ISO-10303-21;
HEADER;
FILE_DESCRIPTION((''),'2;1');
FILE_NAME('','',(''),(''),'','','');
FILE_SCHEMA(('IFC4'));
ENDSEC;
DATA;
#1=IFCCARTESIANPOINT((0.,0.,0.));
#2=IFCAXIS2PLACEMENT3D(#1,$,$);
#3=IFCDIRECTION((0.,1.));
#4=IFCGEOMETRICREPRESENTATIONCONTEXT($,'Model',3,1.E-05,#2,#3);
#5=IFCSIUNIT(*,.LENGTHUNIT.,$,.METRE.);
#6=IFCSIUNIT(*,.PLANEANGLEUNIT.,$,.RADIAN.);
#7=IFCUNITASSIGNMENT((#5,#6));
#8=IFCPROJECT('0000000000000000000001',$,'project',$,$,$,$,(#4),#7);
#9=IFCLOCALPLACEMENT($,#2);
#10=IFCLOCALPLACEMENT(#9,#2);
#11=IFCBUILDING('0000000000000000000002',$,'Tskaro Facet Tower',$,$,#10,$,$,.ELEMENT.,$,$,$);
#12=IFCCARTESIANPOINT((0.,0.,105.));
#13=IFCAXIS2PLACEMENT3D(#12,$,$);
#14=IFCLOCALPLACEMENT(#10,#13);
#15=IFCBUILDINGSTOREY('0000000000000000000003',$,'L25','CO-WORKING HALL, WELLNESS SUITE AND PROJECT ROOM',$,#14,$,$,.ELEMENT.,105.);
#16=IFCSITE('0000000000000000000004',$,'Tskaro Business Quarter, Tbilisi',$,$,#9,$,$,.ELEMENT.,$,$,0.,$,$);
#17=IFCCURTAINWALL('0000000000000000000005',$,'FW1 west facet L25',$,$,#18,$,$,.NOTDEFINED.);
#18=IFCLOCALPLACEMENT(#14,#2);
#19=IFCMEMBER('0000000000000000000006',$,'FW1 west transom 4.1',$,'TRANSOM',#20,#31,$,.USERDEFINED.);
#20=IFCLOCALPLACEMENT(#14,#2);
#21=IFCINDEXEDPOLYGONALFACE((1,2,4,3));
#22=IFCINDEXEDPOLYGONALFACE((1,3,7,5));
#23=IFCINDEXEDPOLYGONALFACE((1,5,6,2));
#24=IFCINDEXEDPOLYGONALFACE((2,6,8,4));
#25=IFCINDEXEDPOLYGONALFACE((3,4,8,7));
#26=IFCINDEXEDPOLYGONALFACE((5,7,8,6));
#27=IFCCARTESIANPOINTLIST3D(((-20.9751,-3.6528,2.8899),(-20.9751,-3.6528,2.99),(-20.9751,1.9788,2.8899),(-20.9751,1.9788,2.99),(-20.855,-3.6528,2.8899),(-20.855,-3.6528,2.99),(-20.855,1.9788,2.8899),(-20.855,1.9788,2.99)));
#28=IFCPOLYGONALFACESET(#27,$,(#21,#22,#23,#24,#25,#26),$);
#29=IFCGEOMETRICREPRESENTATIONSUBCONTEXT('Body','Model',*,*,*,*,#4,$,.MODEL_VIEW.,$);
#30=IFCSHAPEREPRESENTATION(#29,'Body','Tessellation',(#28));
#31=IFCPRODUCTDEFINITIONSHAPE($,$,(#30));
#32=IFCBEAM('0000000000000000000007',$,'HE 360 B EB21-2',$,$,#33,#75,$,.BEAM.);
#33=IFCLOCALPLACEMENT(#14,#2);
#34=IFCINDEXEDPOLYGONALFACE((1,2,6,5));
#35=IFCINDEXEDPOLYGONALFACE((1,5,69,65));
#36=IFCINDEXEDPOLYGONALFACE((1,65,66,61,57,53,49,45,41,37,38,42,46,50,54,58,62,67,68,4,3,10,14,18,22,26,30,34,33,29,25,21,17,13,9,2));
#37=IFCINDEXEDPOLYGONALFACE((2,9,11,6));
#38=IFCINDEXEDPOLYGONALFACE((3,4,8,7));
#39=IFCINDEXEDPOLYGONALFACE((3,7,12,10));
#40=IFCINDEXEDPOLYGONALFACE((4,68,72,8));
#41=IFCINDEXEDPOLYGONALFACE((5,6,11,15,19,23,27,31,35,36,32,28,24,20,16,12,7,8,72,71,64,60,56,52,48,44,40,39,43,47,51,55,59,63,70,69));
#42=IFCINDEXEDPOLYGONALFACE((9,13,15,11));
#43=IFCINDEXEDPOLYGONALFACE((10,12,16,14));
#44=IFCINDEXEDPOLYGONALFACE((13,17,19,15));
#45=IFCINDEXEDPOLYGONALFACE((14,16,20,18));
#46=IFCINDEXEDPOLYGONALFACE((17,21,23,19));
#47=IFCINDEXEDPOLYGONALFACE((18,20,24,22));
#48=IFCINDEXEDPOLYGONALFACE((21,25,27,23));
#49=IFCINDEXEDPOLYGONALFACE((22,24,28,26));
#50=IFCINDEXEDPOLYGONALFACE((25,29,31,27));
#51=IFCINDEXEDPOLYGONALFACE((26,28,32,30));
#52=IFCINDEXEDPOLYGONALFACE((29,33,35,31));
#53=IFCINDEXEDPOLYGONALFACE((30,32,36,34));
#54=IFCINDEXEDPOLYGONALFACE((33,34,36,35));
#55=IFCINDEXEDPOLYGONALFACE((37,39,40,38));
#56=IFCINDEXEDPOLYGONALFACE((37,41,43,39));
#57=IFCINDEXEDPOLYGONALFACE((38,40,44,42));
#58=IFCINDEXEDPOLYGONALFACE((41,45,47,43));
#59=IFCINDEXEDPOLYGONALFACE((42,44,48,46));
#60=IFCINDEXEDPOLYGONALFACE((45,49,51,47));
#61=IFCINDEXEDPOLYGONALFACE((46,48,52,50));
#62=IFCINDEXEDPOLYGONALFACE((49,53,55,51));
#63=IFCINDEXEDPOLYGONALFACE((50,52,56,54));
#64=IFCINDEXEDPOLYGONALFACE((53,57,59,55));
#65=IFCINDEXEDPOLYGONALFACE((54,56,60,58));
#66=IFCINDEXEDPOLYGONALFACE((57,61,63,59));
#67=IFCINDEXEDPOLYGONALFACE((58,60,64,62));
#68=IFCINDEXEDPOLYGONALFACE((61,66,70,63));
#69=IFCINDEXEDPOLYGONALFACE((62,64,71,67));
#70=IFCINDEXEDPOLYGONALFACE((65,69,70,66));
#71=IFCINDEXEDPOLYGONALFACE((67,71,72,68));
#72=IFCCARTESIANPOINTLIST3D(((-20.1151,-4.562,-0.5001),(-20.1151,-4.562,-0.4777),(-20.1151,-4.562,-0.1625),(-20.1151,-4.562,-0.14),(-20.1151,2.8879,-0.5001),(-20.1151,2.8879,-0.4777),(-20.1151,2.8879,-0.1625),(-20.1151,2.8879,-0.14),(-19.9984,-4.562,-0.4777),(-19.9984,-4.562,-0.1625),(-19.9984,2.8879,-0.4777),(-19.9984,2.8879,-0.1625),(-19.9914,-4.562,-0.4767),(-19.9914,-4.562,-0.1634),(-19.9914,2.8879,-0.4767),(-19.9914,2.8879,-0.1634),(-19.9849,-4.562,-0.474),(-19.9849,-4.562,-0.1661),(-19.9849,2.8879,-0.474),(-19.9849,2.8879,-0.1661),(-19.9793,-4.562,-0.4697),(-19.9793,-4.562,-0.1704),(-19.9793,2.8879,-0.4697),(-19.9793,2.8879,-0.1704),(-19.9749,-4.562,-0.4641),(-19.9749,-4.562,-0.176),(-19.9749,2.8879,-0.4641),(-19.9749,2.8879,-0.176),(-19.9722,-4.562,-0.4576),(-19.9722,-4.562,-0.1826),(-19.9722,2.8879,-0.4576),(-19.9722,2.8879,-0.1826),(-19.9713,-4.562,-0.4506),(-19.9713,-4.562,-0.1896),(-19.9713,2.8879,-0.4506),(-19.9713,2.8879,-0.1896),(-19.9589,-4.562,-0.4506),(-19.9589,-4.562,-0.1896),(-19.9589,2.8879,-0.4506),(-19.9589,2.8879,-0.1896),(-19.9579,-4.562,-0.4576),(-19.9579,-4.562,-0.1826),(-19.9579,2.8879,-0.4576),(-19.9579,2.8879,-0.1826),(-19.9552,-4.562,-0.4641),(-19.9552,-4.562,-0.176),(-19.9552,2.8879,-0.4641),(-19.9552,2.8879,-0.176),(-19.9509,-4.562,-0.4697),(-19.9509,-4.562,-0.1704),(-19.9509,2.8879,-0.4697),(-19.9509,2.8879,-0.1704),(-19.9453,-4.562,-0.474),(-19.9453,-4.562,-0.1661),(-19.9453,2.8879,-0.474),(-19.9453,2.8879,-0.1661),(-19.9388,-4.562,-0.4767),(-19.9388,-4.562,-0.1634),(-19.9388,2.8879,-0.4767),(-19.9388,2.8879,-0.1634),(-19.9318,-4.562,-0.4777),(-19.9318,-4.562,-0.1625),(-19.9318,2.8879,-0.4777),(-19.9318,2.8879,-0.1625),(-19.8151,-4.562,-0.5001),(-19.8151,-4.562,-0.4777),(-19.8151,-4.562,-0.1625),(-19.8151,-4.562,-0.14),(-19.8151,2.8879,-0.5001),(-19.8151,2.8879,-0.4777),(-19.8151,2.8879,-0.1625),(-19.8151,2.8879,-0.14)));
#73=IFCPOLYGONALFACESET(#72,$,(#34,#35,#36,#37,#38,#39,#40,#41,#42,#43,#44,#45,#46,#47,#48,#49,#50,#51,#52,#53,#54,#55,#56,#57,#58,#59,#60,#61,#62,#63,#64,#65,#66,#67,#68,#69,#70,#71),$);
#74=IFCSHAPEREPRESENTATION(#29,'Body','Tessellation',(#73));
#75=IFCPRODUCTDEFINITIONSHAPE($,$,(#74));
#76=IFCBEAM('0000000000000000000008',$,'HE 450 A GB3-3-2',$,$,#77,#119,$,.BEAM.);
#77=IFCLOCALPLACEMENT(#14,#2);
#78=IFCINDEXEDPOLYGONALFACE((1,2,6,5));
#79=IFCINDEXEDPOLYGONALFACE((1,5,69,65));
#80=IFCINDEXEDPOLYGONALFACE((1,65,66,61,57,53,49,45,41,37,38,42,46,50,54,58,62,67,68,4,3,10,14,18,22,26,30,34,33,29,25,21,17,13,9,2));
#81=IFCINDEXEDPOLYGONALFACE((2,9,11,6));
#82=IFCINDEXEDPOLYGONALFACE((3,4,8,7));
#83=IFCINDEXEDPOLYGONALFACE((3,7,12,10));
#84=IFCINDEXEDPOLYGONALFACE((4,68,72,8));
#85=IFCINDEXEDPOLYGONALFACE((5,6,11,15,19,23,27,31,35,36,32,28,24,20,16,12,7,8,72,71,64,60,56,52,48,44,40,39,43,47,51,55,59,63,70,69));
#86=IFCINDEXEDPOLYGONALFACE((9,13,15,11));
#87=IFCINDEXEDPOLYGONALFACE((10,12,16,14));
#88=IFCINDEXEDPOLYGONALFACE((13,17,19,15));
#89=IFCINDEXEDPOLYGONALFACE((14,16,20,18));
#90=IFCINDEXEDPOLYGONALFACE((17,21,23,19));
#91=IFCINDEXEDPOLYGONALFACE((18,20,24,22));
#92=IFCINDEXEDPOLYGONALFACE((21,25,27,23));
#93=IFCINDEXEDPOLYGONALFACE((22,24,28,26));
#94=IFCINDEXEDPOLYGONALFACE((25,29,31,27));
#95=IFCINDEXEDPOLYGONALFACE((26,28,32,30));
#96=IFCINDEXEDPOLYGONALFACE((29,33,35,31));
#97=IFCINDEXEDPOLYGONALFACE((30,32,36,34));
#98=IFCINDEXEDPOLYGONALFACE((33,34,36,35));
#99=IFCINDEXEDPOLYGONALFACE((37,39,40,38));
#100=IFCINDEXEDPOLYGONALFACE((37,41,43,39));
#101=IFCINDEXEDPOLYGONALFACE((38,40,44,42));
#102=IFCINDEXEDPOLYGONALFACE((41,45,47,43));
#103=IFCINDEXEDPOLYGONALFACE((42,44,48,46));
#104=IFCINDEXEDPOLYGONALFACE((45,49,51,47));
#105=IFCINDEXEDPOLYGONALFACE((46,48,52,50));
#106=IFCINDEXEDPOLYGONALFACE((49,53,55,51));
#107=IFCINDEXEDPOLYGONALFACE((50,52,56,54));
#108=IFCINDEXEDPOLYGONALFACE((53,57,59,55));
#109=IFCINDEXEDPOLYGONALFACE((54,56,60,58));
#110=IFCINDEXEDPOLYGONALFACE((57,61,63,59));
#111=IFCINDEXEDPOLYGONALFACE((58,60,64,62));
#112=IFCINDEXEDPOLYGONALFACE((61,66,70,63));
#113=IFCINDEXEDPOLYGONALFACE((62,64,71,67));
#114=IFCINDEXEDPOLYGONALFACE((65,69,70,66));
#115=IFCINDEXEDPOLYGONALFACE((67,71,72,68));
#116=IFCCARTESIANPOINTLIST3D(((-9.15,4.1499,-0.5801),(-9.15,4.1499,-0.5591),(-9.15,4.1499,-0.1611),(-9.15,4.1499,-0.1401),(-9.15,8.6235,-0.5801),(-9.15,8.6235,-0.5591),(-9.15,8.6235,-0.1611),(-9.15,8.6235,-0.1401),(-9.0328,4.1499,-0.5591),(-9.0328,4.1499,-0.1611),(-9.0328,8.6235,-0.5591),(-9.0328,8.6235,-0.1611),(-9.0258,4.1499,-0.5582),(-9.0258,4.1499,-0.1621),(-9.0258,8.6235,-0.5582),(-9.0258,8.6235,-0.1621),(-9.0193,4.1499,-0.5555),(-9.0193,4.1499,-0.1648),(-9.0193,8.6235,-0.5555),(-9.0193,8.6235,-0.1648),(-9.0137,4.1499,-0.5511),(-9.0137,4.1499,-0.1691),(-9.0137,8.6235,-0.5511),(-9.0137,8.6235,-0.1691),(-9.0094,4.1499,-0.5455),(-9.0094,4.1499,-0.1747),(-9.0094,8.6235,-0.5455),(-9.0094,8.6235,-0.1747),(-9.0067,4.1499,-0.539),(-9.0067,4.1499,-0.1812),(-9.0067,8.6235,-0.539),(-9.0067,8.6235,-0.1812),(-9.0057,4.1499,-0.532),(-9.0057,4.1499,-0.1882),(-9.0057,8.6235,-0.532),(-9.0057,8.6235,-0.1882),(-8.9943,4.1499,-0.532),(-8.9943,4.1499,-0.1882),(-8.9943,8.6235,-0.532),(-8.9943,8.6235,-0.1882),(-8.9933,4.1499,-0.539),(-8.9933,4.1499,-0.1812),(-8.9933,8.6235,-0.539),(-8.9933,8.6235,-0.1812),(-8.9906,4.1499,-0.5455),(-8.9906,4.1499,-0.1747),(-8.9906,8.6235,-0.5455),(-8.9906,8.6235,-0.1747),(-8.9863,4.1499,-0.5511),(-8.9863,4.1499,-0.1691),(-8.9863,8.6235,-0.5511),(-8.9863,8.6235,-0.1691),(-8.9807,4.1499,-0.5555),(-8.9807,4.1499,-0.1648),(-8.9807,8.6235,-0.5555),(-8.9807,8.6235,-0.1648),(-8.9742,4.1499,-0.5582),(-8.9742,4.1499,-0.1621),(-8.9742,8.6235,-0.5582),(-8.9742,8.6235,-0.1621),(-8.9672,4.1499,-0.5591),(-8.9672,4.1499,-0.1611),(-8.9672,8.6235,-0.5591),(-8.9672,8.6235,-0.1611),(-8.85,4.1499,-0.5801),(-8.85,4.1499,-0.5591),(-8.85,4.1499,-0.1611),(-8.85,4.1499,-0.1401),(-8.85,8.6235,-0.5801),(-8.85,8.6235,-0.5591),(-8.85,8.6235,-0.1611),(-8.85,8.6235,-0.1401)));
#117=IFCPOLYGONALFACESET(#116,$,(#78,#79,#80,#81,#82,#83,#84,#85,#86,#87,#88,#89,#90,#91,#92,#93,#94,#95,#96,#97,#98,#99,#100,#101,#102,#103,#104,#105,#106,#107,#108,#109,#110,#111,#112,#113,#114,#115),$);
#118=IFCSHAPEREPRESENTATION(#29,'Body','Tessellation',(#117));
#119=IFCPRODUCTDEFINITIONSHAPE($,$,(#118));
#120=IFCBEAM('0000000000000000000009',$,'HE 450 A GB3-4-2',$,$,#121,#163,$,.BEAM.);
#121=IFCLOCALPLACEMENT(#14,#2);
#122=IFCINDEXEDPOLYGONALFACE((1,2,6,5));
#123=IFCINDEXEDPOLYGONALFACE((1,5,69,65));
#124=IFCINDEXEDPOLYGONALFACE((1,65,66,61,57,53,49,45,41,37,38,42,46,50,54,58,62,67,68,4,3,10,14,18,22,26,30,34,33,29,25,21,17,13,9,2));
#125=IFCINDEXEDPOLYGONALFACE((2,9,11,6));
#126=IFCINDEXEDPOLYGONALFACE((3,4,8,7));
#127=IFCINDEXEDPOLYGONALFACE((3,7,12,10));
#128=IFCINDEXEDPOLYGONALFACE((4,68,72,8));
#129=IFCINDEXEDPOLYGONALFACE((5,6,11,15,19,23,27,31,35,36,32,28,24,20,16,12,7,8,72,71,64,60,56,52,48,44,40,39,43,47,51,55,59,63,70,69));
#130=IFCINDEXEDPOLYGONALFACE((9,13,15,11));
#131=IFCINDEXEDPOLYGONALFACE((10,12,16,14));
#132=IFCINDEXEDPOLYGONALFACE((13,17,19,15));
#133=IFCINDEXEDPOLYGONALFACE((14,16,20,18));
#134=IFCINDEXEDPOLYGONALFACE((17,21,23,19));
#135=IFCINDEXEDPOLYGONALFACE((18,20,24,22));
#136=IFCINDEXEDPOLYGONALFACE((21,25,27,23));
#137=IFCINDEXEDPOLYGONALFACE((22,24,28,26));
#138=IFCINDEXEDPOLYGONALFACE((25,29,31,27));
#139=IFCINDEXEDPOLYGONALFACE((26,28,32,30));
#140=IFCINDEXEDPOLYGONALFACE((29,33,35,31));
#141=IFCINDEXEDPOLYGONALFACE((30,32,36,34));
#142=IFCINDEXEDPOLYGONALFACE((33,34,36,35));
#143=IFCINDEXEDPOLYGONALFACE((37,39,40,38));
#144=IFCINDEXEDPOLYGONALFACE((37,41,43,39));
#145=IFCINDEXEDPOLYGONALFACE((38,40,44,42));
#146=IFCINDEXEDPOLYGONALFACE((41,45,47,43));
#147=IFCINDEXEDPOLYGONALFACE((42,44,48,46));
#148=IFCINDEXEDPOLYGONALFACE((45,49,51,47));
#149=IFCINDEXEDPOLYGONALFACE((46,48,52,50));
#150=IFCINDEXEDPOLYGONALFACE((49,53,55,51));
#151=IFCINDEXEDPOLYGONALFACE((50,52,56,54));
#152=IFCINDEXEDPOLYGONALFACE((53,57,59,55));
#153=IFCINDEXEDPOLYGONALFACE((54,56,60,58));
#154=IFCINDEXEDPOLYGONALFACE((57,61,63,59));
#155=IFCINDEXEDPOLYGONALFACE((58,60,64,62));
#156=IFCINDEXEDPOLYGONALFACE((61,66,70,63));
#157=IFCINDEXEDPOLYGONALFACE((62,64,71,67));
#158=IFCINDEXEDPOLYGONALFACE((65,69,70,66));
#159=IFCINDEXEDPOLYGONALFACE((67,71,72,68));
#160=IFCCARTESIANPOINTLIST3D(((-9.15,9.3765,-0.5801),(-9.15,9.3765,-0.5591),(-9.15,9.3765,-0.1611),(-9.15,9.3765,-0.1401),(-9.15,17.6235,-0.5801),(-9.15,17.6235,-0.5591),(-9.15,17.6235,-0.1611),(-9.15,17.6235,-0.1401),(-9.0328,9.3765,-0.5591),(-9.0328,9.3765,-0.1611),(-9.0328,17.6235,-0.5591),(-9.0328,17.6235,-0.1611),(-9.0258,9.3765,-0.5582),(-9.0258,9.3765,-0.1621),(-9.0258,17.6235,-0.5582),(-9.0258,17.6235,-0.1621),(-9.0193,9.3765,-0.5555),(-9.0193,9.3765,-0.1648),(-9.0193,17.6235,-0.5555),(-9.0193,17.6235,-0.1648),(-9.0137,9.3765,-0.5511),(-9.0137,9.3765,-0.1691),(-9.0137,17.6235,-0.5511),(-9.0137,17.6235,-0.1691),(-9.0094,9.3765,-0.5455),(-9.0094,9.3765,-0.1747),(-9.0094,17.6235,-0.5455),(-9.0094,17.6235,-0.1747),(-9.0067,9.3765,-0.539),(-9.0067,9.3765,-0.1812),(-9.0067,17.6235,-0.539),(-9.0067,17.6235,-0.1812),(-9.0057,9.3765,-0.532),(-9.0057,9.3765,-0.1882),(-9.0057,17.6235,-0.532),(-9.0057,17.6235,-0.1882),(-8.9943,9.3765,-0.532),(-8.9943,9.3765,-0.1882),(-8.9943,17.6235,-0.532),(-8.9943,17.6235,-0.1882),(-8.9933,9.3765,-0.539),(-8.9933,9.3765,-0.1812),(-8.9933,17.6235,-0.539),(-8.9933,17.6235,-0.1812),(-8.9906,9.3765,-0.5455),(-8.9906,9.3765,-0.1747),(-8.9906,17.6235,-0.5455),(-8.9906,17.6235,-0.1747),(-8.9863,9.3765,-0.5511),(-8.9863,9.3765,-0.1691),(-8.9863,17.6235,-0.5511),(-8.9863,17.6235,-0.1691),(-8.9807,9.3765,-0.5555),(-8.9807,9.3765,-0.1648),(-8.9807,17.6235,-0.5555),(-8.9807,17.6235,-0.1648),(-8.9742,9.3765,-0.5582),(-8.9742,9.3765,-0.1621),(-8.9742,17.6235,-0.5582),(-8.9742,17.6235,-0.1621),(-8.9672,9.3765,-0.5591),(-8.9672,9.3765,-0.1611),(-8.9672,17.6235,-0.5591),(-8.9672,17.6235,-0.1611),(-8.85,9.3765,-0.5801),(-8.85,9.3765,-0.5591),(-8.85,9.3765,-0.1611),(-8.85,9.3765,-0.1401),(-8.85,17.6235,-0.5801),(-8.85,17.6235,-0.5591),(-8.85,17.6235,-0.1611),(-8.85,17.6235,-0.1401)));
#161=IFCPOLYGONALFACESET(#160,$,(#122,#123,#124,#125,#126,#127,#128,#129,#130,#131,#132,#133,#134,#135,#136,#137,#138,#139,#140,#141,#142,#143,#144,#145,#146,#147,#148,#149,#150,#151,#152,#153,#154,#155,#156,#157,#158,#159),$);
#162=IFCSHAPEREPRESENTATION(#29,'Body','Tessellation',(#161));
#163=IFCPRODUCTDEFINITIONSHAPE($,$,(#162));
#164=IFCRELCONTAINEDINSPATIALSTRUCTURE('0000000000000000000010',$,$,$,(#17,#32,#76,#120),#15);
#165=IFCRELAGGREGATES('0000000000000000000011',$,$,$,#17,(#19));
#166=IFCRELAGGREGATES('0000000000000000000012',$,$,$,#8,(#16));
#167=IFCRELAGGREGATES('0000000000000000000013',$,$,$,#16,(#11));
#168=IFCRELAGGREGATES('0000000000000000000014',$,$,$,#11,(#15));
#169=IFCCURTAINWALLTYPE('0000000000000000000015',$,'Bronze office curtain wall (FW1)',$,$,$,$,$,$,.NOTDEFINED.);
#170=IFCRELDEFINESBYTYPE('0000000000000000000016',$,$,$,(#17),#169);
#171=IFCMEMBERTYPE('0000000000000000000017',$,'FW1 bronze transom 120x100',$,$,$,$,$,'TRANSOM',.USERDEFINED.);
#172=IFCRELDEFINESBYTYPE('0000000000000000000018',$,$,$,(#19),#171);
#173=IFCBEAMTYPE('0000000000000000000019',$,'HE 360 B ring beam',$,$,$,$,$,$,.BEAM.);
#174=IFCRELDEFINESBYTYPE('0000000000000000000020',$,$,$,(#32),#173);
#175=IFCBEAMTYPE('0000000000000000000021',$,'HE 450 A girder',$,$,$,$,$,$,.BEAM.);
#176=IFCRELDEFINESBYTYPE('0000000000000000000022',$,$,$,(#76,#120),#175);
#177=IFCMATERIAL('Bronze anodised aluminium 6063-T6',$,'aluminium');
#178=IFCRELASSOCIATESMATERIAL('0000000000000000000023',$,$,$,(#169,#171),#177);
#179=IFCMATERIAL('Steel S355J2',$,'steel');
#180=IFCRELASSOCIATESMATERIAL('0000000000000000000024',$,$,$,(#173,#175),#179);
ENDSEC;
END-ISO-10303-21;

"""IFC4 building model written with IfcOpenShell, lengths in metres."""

from ifc_helpers import new_model, si_unit, direction, frame, origin, origin_2d, place, context, subcontext, project, spatial, rectangle, i_section, extrude, material, material_profile, profile_set, type_object, element, aggregate, save


model = new_model("IFC4")

# Units and contexts
model_context = context("Model", 3, precision=1e-05, world=origin(), true_north=direction((0.0, 1.0)))
body_context = subcontext(model_context, "Body", "Model", "MODEL_VIEW")
ifc_project = project(units=[si_unit("LENGTHUNIT", "METRE"), si_unit("PLANEANGLEUNIT", "RADIAN")], contexts=[model_context])

# Site, building, storey
site_placement = place(None, origin())
site = spatial("IfcSite", under=ifc_project, at=site_placement, Name="Tskaro Business Quarter, Tbilisi", CompositionType="ELEMENT", RefElevation=0.0)
building_placement = place(site_placement, origin())
building = spatial("IfcBuilding", under=site, at=building_placement, Name="Tskaro Facet Tower", CompositionType="ELEMENT")
storey_placement = place(building_placement, frame((0.0, 0.0, 105.0)))
storey = spatial("IfcBuildingStorey", under=building, at=storey_placement, Name="L25", Description="CO-WORKING HALL, WELLNESS SUITE AND PROJECT ROOM", CompositionType="ELEMENT", Elevation=105.0)

# Curtain wall, member
ifc_material_1 = material(Name="Bronze anodised aluminium 6063-T6", Category="aluminium")
curtain_wall_type = type_object("IfcCurtainWallType", Name="Bronze office curtain wall (FW1)", PredefinedType="NOTDEFINED", material=ifc_material_1)
curtain_wall_placement = place(storey_placement, origin())
curtain_wall = element("IfcCurtainWall", 1, at=curtain_wall_placement, inside=storey, type_object=curtain_wall_type, Name="FW1 west facet L25", PredefinedType="NOTDEFINED")
ifc_material_profile_1 = material_profile(ifc_material_1, rectangle(XDim=0.1201, YDim=0.1001, at=origin_2d()), Name="Transom 120x100")
ifc_profile_set_1 = profile_set([ifc_material_profile_1], Name="Bronze anodised aluminium 6063-T6")
member_type_1 = type_object("IfcMemberType", Name="FW1 bronze transom 120x100", ElementType="TRANSOM", PredefinedType="USERDEFINED", material=ifc_profile_set_1)
member_1_placement = place(storey_placement, frame((-20.915, 1.9788, 2.9399), z_axis=(0.0, -1.0, 0.0), x_axis=(1.0, 0.0, 0.0)))
member_1 = element("IfcMember", 2, at=member_1_placement, type_object=member_type_1, Name="FW1 west transom 4.1", ObjectType="TRANSOM", PredefinedType="USERDEFINED", context=body_context, shape_type="SweptSolid", body=[
    extrude(rectangle(XDim=0.1201, YDim=0.1001, at=origin_2d()), origin(), (0.0, 0.0, 1.0), 5.6316),
])

# Beams
ifc_material_2 = material(Name="Steel S355J2", Category="steel")
ifc_material_profile_2 = material_profile(ifc_material_2, i_section(OverallWidth=0.3, OverallDepth=0.3601, WebThickness=0.0125, FlangeThickness=0.0225, FilletRadius=0.0271, at=origin_2d()), Name="HE 360 B")
ifc_profile_set_2 = profile_set([ifc_material_profile_2], Name="Steel S355J2")
beam_type_1 = type_object("IfcBeamType", Name="HE 360 B ring beam", PredefinedType="BEAM", material=ifc_profile_set_2)
beam_1_placement = place(storey_placement, frame((-19.9651, 2.8879, -0.3201), z_axis=(0.0, -1.0, 0.0), x_axis=(1.0, 0.0, 0.0)))
element("IfcBeam", 3, at=beam_1_placement, inside=storey, type_object=beam_type_1, Name="HE 360 B EB21-2", PredefinedType="BEAM", context=body_context, shape_type="SweptSolid", body=[
    extrude(i_section(OverallWidth=0.3, OverallDepth=0.3601, WebThickness=0.0125, FlangeThickness=0.0225, FilletRadius=0.0271, at=origin_2d()), origin(), (0.0, 0.0, 1.0), 7.45),
])
ifc_material_profile_3 = material_profile(ifc_material_2, i_section(OverallWidth=0.3, OverallDepth=0.4399, WebThickness=0.0115, FlangeThickness=0.021, FilletRadius=0.0271, at=origin_2d()), Name="HE 450 A")
ifc_profile_set_3 = profile_set([ifc_material_profile_3], Name="Steel S355J2")
beam_type_2 = type_object("IfcBeamType", Name="HE 450 A girder", PredefinedType="BEAM", material=ifc_profile_set_3)
beam_2_placement = place(storey_placement, frame((-9.0, 4.1499, -0.3601), z_axis=(0.0, 1.0, 0.0), x_axis=(-1.0, 0.0, 0.0)))
element("IfcBeam", 4, at=beam_2_placement, inside=storey, type_object=beam_type_2, Name="HE 450 A GB3-3-2", PredefinedType="BEAM", context=body_context, shape_type="SweptSolid", body=[
    extrude(i_section(OverallWidth=0.3, OverallDepth=0.4399, WebThickness=0.0115, FlangeThickness=0.021, FilletRadius=0.0271, at=origin_2d()), origin(), (0.0, 0.0, 1.0), 4.4736),
])
beam_3_placement = place(storey_placement, frame((-9.0, 9.3765, -0.3601), z_axis=(0.0, 1.0, 0.0), x_axis=(-1.0, 0.0, 0.0)))
element("IfcBeam", 5, at=beam_3_placement, inside=storey, type_object=beam_type_2, Name="HE 450 A GB3-4-2", PredefinedType="BEAM", context=body_context, shape_type="SweptSolid", body=[
    extrude(i_section(OverallWidth=0.3, OverallDepth=0.4399, WebThickness=0.0115, FlangeThickness=0.021, FilletRadius=0.0271, at=origin_2d()), origin(), (0.0, 0.0, 1.0), 8.2471),
])

aggregate(curtain_wall, [member_1])

save(model, "model.ifc")
